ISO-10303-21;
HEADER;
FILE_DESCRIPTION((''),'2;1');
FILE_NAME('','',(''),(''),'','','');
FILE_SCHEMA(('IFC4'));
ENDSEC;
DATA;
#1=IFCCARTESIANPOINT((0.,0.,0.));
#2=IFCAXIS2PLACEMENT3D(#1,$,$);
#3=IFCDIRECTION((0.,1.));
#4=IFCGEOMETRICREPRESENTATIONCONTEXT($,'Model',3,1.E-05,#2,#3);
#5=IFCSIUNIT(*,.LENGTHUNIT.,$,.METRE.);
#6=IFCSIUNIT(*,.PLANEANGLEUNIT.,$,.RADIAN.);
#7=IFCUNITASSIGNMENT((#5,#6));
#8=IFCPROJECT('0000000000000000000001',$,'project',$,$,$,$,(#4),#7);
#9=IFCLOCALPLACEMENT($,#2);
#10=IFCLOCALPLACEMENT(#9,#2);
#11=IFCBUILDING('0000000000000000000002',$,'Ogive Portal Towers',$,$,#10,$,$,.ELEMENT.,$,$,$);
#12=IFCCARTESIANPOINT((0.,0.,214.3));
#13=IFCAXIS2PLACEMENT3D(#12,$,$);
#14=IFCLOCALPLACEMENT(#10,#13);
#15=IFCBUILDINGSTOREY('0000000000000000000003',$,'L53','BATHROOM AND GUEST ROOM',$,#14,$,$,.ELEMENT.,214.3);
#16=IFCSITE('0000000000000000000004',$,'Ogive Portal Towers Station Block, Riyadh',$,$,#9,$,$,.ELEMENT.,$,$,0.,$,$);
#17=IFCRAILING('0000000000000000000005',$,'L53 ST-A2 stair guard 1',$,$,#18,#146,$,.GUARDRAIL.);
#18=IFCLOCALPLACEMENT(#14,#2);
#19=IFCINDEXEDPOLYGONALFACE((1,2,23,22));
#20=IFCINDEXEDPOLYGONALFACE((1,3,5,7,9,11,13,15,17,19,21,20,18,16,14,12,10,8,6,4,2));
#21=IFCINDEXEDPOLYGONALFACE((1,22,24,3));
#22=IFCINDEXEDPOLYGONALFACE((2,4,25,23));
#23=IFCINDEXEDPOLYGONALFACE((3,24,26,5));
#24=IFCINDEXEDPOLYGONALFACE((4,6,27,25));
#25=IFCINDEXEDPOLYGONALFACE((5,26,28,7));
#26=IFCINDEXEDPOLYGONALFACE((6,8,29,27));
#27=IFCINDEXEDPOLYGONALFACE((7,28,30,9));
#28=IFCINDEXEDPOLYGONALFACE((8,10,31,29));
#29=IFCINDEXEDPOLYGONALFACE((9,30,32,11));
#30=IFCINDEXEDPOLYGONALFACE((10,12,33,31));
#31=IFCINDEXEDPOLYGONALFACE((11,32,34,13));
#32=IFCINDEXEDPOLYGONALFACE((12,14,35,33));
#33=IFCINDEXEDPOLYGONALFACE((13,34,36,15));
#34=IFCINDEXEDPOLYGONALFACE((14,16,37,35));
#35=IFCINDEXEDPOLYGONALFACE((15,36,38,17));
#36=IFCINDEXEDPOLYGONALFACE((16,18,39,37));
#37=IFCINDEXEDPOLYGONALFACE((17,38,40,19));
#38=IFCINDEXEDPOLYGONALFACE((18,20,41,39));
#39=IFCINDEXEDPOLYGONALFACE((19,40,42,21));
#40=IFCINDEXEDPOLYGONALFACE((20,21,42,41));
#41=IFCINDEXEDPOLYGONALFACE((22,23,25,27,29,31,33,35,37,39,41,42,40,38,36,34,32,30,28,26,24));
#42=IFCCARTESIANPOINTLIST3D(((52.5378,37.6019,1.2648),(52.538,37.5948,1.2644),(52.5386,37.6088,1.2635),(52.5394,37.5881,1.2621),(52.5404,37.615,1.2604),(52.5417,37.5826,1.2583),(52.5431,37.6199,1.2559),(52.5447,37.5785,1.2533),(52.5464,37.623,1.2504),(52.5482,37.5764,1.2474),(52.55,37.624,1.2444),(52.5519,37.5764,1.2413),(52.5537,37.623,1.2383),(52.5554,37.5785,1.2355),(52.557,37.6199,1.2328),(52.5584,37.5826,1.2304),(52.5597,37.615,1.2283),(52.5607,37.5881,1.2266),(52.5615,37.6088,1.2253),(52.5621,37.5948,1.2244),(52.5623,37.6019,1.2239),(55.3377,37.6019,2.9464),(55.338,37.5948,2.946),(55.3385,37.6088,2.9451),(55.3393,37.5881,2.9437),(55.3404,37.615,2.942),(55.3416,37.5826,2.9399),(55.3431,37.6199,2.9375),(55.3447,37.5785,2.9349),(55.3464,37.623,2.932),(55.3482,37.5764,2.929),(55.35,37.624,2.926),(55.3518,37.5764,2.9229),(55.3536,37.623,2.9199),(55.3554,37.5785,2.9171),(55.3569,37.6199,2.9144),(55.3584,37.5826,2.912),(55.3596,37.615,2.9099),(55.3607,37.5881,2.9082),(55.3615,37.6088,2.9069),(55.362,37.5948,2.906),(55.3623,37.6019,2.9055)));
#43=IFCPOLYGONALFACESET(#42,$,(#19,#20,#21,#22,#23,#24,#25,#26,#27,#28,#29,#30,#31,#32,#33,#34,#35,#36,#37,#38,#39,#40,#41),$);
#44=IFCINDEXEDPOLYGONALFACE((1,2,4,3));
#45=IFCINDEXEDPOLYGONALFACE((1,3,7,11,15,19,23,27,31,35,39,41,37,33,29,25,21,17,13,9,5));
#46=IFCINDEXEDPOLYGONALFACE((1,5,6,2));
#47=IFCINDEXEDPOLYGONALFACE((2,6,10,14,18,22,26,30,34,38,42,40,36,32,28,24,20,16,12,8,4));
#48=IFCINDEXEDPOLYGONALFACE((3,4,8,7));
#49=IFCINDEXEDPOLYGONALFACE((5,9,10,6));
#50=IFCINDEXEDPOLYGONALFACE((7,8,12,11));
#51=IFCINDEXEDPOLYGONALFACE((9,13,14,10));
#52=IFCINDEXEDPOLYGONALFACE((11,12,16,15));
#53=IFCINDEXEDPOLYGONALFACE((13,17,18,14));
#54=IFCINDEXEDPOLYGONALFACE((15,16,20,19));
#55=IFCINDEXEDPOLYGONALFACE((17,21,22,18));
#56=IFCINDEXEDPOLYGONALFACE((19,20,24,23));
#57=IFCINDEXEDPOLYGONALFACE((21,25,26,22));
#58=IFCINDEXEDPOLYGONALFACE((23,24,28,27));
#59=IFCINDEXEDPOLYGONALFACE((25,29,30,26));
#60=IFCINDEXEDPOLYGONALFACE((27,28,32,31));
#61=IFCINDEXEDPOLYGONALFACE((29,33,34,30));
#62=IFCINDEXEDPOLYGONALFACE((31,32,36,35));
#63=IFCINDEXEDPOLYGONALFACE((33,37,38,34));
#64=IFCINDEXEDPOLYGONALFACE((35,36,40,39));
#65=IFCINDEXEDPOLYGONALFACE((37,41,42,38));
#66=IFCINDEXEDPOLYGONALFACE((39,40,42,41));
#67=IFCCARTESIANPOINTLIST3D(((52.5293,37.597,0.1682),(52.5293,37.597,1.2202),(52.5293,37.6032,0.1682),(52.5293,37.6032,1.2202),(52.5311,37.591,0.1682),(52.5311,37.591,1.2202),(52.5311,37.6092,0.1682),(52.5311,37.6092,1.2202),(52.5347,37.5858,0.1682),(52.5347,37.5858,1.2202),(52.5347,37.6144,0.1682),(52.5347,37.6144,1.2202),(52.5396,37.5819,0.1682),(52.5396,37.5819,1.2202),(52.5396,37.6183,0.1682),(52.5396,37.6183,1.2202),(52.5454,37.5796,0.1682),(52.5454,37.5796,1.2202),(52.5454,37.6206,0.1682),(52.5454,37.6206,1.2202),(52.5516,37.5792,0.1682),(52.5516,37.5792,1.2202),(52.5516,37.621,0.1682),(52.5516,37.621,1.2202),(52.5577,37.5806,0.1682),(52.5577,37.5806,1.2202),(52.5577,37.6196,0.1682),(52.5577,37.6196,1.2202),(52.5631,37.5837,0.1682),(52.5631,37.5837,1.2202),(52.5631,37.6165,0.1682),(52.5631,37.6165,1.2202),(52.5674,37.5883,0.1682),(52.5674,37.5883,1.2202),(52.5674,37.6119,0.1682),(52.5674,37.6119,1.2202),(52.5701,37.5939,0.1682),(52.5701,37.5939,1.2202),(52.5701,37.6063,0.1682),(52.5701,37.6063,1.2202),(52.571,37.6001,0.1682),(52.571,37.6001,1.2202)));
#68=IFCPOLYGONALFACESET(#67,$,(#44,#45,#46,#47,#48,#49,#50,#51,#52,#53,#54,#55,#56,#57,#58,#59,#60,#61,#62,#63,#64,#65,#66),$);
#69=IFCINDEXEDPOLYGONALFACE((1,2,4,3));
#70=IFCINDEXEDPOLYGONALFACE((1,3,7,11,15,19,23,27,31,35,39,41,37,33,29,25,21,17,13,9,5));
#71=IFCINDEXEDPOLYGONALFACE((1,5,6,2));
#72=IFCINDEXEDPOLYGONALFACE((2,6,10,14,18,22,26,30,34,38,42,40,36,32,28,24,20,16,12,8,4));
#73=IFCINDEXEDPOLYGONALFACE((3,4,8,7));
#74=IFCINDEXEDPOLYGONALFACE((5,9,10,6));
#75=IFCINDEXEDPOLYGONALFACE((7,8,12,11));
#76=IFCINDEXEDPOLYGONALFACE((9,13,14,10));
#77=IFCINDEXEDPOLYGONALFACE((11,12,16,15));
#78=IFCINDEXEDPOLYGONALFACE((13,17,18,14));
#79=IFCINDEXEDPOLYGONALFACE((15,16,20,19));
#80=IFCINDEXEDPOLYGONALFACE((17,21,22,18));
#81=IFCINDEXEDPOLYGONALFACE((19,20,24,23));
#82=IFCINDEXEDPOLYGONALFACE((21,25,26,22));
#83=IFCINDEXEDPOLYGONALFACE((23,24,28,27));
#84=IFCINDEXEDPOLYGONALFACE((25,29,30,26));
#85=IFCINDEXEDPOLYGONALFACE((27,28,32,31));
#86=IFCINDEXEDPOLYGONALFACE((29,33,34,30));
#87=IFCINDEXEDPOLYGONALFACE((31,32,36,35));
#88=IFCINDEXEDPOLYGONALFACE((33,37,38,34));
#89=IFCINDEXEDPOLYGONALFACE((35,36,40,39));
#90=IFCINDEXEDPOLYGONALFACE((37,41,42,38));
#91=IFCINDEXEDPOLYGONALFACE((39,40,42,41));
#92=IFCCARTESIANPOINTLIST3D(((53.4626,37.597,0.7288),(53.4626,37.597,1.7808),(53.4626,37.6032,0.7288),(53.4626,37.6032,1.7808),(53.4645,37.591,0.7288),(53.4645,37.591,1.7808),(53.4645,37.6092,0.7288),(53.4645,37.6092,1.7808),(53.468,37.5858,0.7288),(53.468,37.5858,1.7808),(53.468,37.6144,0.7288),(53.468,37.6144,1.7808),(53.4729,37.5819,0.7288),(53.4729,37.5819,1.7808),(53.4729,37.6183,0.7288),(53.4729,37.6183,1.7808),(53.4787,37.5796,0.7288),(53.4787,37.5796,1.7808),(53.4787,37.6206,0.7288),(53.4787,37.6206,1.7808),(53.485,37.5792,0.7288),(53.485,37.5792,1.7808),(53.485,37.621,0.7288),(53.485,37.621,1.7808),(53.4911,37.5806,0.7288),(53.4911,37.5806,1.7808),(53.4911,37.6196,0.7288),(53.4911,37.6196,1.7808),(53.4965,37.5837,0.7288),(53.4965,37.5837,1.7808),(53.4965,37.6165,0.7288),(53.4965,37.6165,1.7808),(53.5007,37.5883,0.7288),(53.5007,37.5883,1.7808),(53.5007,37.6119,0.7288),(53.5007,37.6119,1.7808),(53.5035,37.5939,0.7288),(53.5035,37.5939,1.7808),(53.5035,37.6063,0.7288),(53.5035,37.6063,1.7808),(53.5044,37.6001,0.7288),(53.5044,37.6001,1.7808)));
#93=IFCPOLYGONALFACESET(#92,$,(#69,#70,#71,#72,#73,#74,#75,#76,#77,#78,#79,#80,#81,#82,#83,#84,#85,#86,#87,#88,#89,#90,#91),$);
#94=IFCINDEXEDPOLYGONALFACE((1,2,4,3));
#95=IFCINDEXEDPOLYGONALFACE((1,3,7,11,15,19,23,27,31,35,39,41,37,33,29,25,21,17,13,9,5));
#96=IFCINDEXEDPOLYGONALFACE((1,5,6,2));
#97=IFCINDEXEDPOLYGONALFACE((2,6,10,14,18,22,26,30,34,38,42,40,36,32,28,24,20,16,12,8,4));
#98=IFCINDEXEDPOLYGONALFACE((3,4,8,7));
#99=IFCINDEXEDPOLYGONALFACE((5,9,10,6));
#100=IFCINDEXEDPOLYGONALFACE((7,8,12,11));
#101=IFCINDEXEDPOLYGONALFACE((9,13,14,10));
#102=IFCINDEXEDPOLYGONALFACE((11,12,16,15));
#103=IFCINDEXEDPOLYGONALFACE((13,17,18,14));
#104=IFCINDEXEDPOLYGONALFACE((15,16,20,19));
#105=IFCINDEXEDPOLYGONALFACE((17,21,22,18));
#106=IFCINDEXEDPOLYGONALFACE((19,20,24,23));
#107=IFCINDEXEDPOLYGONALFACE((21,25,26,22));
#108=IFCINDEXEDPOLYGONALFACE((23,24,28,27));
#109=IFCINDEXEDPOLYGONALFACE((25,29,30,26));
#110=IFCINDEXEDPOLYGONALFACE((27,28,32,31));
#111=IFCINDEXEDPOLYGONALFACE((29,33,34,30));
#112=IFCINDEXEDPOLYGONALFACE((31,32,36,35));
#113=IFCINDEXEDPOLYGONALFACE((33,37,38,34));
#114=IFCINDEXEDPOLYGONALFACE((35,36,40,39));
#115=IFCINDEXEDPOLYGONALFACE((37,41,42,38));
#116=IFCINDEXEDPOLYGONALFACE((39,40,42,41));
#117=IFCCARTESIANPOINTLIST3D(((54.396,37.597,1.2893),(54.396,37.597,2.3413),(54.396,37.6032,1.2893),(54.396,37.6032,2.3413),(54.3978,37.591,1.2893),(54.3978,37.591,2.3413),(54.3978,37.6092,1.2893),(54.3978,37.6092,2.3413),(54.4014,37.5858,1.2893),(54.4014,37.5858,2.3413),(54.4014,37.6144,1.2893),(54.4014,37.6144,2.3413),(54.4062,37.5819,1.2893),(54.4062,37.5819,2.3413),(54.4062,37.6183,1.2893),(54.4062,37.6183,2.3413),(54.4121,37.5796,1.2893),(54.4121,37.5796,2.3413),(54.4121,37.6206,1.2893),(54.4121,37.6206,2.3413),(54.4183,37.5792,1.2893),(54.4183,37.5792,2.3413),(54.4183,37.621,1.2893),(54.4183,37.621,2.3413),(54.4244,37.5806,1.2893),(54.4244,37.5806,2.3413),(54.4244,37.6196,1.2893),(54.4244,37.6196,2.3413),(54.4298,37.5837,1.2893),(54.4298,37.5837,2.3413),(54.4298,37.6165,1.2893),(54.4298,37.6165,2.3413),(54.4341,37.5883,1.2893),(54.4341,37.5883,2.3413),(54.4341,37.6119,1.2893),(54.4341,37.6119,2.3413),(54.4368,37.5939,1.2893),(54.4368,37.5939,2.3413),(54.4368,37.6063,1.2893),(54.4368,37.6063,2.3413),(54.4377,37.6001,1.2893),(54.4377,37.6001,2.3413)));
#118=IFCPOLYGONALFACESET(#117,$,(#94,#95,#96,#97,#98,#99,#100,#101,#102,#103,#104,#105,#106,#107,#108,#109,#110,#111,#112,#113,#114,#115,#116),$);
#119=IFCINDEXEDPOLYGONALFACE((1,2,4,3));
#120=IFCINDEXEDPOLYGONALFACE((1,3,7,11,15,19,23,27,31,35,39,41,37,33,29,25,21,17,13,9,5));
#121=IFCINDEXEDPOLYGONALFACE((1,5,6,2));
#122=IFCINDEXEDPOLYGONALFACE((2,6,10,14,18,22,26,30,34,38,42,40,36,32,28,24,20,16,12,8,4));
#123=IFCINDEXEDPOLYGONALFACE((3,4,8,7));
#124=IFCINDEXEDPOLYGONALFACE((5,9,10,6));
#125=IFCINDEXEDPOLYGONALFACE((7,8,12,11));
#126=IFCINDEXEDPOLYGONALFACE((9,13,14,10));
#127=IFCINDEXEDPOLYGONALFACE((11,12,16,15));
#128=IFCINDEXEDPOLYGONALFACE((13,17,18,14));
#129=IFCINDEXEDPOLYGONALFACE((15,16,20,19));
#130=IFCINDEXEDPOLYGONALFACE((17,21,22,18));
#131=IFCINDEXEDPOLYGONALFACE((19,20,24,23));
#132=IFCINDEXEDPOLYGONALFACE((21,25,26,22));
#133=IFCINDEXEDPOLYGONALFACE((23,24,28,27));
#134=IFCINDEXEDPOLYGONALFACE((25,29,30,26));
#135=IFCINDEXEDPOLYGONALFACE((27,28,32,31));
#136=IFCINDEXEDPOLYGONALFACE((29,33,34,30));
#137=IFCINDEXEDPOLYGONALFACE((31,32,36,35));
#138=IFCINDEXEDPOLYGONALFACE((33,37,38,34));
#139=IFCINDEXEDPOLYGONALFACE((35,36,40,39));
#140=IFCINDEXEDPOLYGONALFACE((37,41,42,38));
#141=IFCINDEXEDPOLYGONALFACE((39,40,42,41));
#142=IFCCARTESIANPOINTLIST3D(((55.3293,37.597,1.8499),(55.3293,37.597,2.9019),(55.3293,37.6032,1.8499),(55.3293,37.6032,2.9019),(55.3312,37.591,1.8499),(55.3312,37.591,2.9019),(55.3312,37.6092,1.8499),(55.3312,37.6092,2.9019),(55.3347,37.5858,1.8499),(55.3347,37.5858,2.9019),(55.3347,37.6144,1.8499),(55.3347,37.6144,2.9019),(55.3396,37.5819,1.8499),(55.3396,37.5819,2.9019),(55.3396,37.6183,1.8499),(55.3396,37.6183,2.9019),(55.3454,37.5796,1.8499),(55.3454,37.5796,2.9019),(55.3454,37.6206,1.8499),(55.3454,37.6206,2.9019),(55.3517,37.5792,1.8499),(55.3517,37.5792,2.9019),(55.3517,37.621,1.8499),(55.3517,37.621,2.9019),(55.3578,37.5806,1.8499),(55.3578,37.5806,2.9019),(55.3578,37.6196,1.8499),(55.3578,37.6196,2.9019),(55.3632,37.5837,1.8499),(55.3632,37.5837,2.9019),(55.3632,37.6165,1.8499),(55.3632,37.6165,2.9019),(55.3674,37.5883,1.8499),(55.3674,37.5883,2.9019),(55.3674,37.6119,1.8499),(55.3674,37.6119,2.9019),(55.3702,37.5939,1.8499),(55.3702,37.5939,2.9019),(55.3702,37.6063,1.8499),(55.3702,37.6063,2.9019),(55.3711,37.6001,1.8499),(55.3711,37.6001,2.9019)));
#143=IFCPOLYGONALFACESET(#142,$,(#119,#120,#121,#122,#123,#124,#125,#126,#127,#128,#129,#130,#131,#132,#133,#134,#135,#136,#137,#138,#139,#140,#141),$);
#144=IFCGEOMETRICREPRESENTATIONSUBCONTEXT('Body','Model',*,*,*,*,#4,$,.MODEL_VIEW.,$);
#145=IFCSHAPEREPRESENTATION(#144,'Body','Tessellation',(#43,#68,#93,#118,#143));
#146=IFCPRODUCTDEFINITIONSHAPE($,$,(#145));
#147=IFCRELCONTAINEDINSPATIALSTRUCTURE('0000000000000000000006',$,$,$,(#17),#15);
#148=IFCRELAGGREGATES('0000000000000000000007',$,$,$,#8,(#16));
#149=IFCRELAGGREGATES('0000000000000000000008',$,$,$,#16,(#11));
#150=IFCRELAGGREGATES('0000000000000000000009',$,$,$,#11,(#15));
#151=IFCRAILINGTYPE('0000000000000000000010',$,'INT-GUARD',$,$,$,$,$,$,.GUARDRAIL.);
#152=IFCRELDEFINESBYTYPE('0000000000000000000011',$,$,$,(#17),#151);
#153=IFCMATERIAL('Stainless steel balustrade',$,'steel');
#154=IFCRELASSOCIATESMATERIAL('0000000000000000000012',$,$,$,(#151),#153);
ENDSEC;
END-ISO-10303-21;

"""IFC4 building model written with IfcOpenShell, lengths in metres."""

from ifc_helpers import new_model, si_unit, direction, frame, origin, origin_2d, place, context, subcontext, project, spatial, circle, extrude, material, type_object, element, save


model = new_model("IFC4")

# Units and contexts
model_context = context("Model", 3, precision=1e-05, world=origin(), true_north=direction((0.0, 1.0)))
body_context = subcontext(model_context, "Body", "Model", "MODEL_VIEW")
ifc_project = project(units=[si_unit("LENGTHUNIT", "METRE"), si_unit("PLANEANGLEUNIT", "RADIAN")], contexts=[model_context])

# Site, building, storey
site_placement = place(None, origin())
site = spatial("IfcSite", under=ifc_project, at=site_placement, Name="Ogive Portal Towers Station Block, Riyadh", CompositionType="ELEMENT", RefElevation=0.0)
building_placement = place(site_placement, origin())
building = spatial("IfcBuilding", under=site, at=building_placement, Name="Ogive Portal Towers", CompositionType="ELEMENT")
storey_placement = place(building_placement, frame((0.0, 0.0, 214.3)))
storey = spatial("IfcBuildingStorey", under=building, at=storey_placement, Name="L53", Description="BATHROOM AND GUEST ROOM", CompositionType="ELEMENT", Elevation=214.3)

# Railing
ifc_material_1 = material(Name="Stainless steel balustrade", Category="steel")
railing_type_1 = type_object("IfcRailingType", Name="INT-GUARD", PredefinedType="GUARDRAIL", material=ifc_material_1)
railing_1_placement = place(storey_placement, frame((52.55, 37.6001, 0.1682)))
element("IfcRailing", 1, at=railing_1_placement, inside=storey, type_object=railing_type_1, Name="L53 ST-A2 stair guard 1", PredefinedType="GUARDRAIL", context=body_context, shape_type="SweptSolid", body=[
    extrude(circle(Radius=0.0239, at=origin_2d()), frame((0.0, 0.0, 1.0762), z_axis=(0.857275, 0.0, 0.514858), x_axis=(0.0, 1.0, 0.0)), (0.0, 0.0, 1.0), 3.2661),
    extrude(circle(Radius=0.021, at=origin_2d()), origin(), (0.0, 0.0, 1.0), 1.052),
    extrude(circle(Radius=0.021, at=origin_2d()), frame((0.9333, 0.0, 0.5605)), (0.0, 0.0, 1.0), 1.052),
    extrude(circle(Radius=0.021, at=origin_2d()), frame((1.8667, 0.0, 1.1211)), (0.0, 0.0, 1.0), 1.052),
    extrude(circle(Radius=0.021, at=origin_2d()), frame((2.8, 0.0, 1.6816)), (0.0, 0.0, 1.0), 1.052),
])

save(model, "model.ifc")
